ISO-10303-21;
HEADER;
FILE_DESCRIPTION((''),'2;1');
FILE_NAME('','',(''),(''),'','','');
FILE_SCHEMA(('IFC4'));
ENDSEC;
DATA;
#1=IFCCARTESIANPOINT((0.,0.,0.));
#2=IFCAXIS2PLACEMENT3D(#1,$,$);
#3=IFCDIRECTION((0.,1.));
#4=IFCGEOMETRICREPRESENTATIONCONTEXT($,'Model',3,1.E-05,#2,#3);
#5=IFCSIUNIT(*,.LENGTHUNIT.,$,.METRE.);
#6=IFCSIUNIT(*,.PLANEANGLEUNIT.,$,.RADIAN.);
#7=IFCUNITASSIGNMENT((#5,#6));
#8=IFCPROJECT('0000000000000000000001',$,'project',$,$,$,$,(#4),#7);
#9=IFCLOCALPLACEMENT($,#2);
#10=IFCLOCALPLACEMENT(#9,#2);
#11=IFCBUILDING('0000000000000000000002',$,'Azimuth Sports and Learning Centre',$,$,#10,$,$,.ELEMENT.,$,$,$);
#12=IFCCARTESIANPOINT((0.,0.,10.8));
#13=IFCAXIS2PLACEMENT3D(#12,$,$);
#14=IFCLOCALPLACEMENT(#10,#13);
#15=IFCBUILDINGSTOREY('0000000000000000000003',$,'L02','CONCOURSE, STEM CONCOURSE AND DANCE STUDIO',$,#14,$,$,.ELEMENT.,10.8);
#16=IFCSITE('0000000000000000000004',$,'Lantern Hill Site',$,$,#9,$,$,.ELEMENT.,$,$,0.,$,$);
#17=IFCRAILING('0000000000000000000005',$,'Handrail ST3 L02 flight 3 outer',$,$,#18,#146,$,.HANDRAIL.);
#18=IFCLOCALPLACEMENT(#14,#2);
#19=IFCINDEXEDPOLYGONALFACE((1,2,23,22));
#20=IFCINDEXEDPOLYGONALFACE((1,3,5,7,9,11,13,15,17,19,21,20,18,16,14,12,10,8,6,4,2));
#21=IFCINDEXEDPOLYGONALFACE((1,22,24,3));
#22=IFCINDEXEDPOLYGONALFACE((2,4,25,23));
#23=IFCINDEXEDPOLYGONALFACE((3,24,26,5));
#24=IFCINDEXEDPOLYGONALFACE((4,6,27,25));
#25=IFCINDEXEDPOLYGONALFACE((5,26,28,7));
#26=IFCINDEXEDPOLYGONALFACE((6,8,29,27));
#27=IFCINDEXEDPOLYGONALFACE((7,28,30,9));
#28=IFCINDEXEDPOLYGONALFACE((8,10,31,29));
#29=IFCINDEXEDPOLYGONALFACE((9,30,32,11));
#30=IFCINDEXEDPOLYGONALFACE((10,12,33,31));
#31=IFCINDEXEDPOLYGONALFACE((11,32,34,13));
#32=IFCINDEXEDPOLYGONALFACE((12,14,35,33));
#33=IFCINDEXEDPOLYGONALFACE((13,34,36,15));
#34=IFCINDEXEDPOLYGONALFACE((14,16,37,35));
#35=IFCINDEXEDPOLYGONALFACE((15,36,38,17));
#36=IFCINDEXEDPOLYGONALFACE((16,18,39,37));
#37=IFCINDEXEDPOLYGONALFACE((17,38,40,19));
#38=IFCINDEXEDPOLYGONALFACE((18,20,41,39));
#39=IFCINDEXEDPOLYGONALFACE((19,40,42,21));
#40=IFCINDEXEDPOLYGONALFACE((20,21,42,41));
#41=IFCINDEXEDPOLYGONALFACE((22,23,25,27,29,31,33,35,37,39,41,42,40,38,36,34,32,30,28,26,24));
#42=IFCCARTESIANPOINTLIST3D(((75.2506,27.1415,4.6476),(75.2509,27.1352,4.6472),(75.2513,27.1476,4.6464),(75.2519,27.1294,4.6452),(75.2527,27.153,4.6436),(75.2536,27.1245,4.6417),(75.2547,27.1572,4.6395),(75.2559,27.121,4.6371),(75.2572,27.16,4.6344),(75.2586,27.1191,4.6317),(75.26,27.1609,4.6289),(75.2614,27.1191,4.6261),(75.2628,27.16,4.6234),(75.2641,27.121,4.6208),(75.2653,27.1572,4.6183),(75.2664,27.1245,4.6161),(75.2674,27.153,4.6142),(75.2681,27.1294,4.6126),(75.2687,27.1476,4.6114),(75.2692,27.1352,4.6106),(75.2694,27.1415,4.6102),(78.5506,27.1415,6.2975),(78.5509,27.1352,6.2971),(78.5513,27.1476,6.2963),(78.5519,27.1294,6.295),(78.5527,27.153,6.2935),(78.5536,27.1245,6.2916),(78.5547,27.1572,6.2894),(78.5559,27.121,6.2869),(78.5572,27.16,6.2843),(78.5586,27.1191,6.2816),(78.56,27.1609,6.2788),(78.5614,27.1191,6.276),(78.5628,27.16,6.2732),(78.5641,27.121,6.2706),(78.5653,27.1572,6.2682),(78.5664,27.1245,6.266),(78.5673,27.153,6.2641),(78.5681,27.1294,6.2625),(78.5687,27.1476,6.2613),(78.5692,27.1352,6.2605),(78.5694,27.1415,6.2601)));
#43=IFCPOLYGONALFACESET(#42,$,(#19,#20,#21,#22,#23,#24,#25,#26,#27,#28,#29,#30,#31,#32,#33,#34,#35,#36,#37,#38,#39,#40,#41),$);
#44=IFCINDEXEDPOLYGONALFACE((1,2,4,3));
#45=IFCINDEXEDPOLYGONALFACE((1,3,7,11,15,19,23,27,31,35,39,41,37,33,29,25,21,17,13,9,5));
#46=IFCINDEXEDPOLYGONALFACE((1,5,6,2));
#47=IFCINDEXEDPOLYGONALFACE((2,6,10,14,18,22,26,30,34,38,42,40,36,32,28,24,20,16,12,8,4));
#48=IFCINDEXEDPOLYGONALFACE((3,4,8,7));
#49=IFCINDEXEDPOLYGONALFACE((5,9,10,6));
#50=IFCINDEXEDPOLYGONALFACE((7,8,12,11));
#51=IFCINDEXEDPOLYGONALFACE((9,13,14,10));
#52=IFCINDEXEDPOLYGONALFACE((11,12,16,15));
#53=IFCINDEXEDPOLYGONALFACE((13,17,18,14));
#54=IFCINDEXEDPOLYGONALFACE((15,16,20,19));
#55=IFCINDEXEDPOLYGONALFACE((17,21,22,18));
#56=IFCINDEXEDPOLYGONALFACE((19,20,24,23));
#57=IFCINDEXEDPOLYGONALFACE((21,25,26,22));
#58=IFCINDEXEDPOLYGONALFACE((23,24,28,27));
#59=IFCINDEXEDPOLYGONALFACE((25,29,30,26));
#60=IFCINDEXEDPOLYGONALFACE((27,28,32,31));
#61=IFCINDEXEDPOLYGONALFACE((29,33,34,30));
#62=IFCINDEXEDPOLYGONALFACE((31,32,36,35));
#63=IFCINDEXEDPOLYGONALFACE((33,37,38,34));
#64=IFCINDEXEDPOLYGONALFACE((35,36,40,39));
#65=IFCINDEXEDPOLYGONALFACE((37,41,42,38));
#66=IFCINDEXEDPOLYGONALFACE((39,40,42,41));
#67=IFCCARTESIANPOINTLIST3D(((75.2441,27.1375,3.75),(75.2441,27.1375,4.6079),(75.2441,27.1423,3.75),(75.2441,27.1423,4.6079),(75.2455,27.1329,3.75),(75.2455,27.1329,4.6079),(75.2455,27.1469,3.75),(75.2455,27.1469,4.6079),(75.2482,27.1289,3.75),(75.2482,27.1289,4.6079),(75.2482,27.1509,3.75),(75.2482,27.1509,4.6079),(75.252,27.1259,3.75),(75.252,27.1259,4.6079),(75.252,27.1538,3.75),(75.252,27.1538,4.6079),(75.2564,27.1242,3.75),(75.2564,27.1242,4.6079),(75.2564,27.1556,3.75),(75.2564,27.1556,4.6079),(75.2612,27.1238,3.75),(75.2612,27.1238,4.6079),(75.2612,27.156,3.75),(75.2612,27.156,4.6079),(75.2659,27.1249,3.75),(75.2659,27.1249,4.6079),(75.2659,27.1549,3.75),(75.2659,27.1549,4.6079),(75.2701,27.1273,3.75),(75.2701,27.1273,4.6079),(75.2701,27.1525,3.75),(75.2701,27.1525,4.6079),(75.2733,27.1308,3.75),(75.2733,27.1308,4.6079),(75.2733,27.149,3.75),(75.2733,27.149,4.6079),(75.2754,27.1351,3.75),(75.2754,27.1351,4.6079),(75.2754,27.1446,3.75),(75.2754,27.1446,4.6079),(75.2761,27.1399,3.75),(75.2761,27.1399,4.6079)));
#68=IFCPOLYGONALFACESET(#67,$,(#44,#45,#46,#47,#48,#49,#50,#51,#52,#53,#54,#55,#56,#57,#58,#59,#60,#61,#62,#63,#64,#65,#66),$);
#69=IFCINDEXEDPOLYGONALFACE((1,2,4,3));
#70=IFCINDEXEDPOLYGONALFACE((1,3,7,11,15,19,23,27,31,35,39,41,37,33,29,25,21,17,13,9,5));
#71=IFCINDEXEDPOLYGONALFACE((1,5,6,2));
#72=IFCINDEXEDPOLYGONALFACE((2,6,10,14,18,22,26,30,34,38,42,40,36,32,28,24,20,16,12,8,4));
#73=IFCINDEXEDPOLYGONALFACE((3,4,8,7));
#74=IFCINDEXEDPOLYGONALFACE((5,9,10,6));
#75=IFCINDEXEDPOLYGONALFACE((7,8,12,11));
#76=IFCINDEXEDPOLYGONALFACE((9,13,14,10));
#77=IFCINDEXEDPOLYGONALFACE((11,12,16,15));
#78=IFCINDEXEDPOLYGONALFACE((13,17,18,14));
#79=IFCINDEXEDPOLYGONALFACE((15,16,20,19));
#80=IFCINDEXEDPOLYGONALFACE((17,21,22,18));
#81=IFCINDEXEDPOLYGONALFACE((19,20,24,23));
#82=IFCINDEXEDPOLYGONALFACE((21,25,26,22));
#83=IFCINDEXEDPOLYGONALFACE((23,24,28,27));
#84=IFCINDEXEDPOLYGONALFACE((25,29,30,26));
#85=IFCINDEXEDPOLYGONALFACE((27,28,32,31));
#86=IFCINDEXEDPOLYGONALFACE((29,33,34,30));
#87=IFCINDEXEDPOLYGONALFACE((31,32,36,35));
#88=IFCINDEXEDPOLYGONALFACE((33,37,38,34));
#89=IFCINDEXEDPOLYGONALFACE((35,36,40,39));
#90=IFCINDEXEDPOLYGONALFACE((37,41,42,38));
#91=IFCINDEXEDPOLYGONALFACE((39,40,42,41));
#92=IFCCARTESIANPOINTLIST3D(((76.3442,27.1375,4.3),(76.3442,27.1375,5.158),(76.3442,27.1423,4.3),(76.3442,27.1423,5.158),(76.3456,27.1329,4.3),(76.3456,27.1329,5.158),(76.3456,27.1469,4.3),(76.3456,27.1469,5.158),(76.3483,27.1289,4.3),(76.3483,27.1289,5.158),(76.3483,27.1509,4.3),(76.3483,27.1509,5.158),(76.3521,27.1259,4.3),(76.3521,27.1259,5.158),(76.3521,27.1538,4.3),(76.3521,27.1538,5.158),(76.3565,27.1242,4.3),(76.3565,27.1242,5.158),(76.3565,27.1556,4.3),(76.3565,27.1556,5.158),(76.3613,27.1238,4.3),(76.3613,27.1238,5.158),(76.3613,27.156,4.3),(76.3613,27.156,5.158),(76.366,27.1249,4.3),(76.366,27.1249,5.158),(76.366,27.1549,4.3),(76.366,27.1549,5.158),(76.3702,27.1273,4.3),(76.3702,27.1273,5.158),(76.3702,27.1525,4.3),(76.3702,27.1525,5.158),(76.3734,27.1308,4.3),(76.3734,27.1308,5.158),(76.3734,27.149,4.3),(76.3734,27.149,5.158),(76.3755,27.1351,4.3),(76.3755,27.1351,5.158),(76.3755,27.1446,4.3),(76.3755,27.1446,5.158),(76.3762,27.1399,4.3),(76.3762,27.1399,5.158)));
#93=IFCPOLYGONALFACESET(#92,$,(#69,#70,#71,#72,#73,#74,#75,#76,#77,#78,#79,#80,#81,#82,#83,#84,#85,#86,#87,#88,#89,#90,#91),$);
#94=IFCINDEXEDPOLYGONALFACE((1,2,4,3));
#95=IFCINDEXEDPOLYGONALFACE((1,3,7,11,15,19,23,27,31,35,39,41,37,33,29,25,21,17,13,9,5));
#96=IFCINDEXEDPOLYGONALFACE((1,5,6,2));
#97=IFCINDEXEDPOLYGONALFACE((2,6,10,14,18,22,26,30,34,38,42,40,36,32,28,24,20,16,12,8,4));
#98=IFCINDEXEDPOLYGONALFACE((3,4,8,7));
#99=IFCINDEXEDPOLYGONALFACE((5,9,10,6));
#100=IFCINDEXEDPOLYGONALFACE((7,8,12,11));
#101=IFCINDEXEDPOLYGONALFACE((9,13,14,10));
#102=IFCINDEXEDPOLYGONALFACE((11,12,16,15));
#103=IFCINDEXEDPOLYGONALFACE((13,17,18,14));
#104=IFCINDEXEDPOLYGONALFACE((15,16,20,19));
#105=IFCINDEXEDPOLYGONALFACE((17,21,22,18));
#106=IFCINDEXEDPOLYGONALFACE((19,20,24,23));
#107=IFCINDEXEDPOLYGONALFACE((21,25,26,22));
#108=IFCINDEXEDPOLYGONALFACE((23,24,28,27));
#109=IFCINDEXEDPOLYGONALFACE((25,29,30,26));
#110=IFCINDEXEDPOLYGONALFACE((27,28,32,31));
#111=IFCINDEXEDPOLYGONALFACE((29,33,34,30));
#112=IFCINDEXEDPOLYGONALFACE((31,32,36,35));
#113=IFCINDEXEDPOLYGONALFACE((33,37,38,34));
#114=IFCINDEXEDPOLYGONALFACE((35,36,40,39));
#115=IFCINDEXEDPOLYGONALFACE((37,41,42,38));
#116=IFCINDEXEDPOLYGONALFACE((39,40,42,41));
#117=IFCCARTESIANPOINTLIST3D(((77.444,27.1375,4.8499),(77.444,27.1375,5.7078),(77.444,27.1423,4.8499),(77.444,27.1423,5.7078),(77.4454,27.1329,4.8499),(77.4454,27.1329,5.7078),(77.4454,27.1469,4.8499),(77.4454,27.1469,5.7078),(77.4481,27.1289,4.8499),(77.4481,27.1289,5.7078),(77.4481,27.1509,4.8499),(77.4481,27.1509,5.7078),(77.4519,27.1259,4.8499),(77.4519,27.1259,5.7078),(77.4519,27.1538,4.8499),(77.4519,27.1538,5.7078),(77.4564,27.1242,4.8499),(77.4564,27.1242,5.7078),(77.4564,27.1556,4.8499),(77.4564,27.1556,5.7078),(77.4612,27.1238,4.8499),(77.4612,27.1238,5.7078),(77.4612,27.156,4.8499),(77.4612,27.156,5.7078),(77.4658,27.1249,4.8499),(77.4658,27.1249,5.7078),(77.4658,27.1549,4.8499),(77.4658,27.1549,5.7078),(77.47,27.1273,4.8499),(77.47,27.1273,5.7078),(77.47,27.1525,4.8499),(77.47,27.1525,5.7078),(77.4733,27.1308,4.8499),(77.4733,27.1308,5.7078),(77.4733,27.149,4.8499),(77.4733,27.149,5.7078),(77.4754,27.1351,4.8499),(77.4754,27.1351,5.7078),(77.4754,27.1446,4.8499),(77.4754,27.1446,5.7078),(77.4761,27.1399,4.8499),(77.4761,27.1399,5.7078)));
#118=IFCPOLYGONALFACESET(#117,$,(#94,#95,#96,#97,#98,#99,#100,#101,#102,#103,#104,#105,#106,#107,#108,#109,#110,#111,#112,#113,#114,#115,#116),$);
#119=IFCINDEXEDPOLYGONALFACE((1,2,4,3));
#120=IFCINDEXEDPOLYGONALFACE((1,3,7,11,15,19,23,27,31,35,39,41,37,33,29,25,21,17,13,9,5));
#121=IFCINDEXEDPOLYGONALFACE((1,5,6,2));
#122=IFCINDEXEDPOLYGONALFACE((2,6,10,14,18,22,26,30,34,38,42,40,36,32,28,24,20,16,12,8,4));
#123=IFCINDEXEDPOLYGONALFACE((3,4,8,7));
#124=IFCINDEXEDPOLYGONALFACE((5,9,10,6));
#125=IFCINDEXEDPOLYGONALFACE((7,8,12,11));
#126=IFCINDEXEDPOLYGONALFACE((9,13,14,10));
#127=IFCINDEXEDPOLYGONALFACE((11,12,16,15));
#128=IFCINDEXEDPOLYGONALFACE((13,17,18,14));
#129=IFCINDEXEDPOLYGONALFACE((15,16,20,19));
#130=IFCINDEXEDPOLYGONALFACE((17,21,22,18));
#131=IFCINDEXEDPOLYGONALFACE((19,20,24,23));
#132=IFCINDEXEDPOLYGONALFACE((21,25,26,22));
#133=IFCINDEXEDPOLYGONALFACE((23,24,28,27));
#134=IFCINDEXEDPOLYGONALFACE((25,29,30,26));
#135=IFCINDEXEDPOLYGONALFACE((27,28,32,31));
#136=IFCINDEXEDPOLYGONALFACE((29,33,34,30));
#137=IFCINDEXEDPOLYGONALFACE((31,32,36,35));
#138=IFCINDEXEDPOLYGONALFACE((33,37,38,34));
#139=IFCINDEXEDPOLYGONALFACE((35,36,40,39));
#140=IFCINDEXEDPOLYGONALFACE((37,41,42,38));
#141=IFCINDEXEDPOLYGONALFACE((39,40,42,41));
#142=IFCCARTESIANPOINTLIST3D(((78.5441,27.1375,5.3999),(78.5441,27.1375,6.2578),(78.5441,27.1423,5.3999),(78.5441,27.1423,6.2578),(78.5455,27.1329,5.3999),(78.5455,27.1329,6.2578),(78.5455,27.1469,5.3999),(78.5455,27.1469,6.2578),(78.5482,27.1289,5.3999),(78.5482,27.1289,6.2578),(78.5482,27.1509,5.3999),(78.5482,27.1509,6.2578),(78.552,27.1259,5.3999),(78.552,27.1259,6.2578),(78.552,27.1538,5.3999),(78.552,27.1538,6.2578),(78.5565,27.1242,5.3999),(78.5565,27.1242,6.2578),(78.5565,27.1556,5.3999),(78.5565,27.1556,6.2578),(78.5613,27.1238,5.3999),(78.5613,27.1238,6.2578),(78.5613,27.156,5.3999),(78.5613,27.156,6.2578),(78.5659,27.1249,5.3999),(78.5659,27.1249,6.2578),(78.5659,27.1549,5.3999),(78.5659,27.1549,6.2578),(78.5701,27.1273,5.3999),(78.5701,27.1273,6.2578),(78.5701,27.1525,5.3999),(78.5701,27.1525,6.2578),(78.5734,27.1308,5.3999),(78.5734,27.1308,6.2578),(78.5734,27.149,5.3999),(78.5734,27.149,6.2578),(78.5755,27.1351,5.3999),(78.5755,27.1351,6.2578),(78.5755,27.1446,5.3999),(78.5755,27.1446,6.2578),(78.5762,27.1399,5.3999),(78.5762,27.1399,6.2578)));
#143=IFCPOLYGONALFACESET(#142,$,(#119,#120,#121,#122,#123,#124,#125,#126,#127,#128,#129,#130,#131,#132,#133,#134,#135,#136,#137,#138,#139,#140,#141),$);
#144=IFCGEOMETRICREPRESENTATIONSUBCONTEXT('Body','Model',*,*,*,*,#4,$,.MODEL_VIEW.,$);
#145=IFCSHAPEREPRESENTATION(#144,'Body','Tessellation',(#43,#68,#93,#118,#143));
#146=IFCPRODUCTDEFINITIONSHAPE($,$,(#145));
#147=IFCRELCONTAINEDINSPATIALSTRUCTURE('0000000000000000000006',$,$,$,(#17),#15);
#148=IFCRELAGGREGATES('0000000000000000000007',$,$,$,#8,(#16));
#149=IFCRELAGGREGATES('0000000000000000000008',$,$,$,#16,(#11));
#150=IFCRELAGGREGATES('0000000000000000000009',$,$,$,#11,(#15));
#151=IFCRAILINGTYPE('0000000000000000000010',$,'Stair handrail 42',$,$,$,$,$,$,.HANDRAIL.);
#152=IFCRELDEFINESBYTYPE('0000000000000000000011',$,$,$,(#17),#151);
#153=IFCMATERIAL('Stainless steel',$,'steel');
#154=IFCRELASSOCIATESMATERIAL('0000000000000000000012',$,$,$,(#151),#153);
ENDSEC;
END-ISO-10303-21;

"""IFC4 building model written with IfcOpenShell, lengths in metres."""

from ifc_helpers import new_model, si_unit, direction, frame, origin, origin_2d, place, context, subcontext, project, spatial, circle, extrude, material, type_object, element, save


model = new_model("IFC4")

# Units and contexts
model_context = context("Model", 3, precision=1e-05, world=origin(), true_north=direction((0.0, 1.0)))
body_context = subcontext(model_context, "Body", "Model", "MODEL_VIEW")
ifc_project = project(units=[si_unit("LENGTHUNIT", "METRE"), si_unit("PLANEANGLEUNIT", "RADIAN")], contexts=[model_context])

# Site, building, storey
site_placement = place(None, origin())
site = spatial("IfcSite", under=ifc_project, at=site_placement, Name="Lantern Hill Site", CompositionType="ELEMENT", RefElevation=0.0)
building_placement = place(site_placement, origin())
building = spatial("IfcBuilding", under=site, at=building_placement, Name="Azimuth Sports and Learning Centre", CompositionType="ELEMENT")
storey_placement = place(building_placement, frame((0.0, 0.0, 10.8)))
storey = spatial("IfcBuildingStorey", under=building, at=storey_placement, Name="L02", Description="CONCOURSE, STEM CONCOURSE AND DANCE STUDIO", CompositionType="ELEMENT", Elevation=10.8)

# Railing
ifc_material_1 = material(Name="Stainless steel", Category="steel")
railing_type = type_object("IfcRailingType", Name="Stair handrail 42", PredefinedType="HANDRAIL", material=ifc_material_1)
for number, where, name in (
    (1, (75.26, 27.1399, 3.75), "Handrail ST3 L02 flight 3 outer"),
):
    element("IfcRailing", number, at=place(storey_placement, frame(where)), inside=storey, type_object=railing_type, Name=name, PredefinedType="HANDRAIL", context=body_context, shape_type="SweptSolid", body=[
        extrude(circle(Radius=0.021, at=origin_2d()), frame((0.0, 0.0, 0.8789), z_axis=(0.89444, 0.0, 0.447187), x_axis=(0.0, 1.0, 0.0)), (0.0, 0.0, 1.0), 3.6895),
        extrude(circle(Radius=0.0161, at=origin_2d()), origin(), (0.0, 0.0, 1.0), 0.8579),
        extrude(circle(Radius=0.0161, at=origin_2d()), frame((1.1001, 0.0, 0.55)), (0.0, 0.0, 1.0), 0.8579),
        extrude(circle(Radius=0.0161, at=origin_2d()), frame((2.2, 0.0, 1.0999)), (0.0, 0.0, 1.0), 0.8579),
        extrude(circle(Radius=0.0161, at=origin_2d()), frame((3.3, 0.0, 1.6499)), (0.0, 0.0, 1.0), 0.8579),
    ])

save(model, "model.ifc")
